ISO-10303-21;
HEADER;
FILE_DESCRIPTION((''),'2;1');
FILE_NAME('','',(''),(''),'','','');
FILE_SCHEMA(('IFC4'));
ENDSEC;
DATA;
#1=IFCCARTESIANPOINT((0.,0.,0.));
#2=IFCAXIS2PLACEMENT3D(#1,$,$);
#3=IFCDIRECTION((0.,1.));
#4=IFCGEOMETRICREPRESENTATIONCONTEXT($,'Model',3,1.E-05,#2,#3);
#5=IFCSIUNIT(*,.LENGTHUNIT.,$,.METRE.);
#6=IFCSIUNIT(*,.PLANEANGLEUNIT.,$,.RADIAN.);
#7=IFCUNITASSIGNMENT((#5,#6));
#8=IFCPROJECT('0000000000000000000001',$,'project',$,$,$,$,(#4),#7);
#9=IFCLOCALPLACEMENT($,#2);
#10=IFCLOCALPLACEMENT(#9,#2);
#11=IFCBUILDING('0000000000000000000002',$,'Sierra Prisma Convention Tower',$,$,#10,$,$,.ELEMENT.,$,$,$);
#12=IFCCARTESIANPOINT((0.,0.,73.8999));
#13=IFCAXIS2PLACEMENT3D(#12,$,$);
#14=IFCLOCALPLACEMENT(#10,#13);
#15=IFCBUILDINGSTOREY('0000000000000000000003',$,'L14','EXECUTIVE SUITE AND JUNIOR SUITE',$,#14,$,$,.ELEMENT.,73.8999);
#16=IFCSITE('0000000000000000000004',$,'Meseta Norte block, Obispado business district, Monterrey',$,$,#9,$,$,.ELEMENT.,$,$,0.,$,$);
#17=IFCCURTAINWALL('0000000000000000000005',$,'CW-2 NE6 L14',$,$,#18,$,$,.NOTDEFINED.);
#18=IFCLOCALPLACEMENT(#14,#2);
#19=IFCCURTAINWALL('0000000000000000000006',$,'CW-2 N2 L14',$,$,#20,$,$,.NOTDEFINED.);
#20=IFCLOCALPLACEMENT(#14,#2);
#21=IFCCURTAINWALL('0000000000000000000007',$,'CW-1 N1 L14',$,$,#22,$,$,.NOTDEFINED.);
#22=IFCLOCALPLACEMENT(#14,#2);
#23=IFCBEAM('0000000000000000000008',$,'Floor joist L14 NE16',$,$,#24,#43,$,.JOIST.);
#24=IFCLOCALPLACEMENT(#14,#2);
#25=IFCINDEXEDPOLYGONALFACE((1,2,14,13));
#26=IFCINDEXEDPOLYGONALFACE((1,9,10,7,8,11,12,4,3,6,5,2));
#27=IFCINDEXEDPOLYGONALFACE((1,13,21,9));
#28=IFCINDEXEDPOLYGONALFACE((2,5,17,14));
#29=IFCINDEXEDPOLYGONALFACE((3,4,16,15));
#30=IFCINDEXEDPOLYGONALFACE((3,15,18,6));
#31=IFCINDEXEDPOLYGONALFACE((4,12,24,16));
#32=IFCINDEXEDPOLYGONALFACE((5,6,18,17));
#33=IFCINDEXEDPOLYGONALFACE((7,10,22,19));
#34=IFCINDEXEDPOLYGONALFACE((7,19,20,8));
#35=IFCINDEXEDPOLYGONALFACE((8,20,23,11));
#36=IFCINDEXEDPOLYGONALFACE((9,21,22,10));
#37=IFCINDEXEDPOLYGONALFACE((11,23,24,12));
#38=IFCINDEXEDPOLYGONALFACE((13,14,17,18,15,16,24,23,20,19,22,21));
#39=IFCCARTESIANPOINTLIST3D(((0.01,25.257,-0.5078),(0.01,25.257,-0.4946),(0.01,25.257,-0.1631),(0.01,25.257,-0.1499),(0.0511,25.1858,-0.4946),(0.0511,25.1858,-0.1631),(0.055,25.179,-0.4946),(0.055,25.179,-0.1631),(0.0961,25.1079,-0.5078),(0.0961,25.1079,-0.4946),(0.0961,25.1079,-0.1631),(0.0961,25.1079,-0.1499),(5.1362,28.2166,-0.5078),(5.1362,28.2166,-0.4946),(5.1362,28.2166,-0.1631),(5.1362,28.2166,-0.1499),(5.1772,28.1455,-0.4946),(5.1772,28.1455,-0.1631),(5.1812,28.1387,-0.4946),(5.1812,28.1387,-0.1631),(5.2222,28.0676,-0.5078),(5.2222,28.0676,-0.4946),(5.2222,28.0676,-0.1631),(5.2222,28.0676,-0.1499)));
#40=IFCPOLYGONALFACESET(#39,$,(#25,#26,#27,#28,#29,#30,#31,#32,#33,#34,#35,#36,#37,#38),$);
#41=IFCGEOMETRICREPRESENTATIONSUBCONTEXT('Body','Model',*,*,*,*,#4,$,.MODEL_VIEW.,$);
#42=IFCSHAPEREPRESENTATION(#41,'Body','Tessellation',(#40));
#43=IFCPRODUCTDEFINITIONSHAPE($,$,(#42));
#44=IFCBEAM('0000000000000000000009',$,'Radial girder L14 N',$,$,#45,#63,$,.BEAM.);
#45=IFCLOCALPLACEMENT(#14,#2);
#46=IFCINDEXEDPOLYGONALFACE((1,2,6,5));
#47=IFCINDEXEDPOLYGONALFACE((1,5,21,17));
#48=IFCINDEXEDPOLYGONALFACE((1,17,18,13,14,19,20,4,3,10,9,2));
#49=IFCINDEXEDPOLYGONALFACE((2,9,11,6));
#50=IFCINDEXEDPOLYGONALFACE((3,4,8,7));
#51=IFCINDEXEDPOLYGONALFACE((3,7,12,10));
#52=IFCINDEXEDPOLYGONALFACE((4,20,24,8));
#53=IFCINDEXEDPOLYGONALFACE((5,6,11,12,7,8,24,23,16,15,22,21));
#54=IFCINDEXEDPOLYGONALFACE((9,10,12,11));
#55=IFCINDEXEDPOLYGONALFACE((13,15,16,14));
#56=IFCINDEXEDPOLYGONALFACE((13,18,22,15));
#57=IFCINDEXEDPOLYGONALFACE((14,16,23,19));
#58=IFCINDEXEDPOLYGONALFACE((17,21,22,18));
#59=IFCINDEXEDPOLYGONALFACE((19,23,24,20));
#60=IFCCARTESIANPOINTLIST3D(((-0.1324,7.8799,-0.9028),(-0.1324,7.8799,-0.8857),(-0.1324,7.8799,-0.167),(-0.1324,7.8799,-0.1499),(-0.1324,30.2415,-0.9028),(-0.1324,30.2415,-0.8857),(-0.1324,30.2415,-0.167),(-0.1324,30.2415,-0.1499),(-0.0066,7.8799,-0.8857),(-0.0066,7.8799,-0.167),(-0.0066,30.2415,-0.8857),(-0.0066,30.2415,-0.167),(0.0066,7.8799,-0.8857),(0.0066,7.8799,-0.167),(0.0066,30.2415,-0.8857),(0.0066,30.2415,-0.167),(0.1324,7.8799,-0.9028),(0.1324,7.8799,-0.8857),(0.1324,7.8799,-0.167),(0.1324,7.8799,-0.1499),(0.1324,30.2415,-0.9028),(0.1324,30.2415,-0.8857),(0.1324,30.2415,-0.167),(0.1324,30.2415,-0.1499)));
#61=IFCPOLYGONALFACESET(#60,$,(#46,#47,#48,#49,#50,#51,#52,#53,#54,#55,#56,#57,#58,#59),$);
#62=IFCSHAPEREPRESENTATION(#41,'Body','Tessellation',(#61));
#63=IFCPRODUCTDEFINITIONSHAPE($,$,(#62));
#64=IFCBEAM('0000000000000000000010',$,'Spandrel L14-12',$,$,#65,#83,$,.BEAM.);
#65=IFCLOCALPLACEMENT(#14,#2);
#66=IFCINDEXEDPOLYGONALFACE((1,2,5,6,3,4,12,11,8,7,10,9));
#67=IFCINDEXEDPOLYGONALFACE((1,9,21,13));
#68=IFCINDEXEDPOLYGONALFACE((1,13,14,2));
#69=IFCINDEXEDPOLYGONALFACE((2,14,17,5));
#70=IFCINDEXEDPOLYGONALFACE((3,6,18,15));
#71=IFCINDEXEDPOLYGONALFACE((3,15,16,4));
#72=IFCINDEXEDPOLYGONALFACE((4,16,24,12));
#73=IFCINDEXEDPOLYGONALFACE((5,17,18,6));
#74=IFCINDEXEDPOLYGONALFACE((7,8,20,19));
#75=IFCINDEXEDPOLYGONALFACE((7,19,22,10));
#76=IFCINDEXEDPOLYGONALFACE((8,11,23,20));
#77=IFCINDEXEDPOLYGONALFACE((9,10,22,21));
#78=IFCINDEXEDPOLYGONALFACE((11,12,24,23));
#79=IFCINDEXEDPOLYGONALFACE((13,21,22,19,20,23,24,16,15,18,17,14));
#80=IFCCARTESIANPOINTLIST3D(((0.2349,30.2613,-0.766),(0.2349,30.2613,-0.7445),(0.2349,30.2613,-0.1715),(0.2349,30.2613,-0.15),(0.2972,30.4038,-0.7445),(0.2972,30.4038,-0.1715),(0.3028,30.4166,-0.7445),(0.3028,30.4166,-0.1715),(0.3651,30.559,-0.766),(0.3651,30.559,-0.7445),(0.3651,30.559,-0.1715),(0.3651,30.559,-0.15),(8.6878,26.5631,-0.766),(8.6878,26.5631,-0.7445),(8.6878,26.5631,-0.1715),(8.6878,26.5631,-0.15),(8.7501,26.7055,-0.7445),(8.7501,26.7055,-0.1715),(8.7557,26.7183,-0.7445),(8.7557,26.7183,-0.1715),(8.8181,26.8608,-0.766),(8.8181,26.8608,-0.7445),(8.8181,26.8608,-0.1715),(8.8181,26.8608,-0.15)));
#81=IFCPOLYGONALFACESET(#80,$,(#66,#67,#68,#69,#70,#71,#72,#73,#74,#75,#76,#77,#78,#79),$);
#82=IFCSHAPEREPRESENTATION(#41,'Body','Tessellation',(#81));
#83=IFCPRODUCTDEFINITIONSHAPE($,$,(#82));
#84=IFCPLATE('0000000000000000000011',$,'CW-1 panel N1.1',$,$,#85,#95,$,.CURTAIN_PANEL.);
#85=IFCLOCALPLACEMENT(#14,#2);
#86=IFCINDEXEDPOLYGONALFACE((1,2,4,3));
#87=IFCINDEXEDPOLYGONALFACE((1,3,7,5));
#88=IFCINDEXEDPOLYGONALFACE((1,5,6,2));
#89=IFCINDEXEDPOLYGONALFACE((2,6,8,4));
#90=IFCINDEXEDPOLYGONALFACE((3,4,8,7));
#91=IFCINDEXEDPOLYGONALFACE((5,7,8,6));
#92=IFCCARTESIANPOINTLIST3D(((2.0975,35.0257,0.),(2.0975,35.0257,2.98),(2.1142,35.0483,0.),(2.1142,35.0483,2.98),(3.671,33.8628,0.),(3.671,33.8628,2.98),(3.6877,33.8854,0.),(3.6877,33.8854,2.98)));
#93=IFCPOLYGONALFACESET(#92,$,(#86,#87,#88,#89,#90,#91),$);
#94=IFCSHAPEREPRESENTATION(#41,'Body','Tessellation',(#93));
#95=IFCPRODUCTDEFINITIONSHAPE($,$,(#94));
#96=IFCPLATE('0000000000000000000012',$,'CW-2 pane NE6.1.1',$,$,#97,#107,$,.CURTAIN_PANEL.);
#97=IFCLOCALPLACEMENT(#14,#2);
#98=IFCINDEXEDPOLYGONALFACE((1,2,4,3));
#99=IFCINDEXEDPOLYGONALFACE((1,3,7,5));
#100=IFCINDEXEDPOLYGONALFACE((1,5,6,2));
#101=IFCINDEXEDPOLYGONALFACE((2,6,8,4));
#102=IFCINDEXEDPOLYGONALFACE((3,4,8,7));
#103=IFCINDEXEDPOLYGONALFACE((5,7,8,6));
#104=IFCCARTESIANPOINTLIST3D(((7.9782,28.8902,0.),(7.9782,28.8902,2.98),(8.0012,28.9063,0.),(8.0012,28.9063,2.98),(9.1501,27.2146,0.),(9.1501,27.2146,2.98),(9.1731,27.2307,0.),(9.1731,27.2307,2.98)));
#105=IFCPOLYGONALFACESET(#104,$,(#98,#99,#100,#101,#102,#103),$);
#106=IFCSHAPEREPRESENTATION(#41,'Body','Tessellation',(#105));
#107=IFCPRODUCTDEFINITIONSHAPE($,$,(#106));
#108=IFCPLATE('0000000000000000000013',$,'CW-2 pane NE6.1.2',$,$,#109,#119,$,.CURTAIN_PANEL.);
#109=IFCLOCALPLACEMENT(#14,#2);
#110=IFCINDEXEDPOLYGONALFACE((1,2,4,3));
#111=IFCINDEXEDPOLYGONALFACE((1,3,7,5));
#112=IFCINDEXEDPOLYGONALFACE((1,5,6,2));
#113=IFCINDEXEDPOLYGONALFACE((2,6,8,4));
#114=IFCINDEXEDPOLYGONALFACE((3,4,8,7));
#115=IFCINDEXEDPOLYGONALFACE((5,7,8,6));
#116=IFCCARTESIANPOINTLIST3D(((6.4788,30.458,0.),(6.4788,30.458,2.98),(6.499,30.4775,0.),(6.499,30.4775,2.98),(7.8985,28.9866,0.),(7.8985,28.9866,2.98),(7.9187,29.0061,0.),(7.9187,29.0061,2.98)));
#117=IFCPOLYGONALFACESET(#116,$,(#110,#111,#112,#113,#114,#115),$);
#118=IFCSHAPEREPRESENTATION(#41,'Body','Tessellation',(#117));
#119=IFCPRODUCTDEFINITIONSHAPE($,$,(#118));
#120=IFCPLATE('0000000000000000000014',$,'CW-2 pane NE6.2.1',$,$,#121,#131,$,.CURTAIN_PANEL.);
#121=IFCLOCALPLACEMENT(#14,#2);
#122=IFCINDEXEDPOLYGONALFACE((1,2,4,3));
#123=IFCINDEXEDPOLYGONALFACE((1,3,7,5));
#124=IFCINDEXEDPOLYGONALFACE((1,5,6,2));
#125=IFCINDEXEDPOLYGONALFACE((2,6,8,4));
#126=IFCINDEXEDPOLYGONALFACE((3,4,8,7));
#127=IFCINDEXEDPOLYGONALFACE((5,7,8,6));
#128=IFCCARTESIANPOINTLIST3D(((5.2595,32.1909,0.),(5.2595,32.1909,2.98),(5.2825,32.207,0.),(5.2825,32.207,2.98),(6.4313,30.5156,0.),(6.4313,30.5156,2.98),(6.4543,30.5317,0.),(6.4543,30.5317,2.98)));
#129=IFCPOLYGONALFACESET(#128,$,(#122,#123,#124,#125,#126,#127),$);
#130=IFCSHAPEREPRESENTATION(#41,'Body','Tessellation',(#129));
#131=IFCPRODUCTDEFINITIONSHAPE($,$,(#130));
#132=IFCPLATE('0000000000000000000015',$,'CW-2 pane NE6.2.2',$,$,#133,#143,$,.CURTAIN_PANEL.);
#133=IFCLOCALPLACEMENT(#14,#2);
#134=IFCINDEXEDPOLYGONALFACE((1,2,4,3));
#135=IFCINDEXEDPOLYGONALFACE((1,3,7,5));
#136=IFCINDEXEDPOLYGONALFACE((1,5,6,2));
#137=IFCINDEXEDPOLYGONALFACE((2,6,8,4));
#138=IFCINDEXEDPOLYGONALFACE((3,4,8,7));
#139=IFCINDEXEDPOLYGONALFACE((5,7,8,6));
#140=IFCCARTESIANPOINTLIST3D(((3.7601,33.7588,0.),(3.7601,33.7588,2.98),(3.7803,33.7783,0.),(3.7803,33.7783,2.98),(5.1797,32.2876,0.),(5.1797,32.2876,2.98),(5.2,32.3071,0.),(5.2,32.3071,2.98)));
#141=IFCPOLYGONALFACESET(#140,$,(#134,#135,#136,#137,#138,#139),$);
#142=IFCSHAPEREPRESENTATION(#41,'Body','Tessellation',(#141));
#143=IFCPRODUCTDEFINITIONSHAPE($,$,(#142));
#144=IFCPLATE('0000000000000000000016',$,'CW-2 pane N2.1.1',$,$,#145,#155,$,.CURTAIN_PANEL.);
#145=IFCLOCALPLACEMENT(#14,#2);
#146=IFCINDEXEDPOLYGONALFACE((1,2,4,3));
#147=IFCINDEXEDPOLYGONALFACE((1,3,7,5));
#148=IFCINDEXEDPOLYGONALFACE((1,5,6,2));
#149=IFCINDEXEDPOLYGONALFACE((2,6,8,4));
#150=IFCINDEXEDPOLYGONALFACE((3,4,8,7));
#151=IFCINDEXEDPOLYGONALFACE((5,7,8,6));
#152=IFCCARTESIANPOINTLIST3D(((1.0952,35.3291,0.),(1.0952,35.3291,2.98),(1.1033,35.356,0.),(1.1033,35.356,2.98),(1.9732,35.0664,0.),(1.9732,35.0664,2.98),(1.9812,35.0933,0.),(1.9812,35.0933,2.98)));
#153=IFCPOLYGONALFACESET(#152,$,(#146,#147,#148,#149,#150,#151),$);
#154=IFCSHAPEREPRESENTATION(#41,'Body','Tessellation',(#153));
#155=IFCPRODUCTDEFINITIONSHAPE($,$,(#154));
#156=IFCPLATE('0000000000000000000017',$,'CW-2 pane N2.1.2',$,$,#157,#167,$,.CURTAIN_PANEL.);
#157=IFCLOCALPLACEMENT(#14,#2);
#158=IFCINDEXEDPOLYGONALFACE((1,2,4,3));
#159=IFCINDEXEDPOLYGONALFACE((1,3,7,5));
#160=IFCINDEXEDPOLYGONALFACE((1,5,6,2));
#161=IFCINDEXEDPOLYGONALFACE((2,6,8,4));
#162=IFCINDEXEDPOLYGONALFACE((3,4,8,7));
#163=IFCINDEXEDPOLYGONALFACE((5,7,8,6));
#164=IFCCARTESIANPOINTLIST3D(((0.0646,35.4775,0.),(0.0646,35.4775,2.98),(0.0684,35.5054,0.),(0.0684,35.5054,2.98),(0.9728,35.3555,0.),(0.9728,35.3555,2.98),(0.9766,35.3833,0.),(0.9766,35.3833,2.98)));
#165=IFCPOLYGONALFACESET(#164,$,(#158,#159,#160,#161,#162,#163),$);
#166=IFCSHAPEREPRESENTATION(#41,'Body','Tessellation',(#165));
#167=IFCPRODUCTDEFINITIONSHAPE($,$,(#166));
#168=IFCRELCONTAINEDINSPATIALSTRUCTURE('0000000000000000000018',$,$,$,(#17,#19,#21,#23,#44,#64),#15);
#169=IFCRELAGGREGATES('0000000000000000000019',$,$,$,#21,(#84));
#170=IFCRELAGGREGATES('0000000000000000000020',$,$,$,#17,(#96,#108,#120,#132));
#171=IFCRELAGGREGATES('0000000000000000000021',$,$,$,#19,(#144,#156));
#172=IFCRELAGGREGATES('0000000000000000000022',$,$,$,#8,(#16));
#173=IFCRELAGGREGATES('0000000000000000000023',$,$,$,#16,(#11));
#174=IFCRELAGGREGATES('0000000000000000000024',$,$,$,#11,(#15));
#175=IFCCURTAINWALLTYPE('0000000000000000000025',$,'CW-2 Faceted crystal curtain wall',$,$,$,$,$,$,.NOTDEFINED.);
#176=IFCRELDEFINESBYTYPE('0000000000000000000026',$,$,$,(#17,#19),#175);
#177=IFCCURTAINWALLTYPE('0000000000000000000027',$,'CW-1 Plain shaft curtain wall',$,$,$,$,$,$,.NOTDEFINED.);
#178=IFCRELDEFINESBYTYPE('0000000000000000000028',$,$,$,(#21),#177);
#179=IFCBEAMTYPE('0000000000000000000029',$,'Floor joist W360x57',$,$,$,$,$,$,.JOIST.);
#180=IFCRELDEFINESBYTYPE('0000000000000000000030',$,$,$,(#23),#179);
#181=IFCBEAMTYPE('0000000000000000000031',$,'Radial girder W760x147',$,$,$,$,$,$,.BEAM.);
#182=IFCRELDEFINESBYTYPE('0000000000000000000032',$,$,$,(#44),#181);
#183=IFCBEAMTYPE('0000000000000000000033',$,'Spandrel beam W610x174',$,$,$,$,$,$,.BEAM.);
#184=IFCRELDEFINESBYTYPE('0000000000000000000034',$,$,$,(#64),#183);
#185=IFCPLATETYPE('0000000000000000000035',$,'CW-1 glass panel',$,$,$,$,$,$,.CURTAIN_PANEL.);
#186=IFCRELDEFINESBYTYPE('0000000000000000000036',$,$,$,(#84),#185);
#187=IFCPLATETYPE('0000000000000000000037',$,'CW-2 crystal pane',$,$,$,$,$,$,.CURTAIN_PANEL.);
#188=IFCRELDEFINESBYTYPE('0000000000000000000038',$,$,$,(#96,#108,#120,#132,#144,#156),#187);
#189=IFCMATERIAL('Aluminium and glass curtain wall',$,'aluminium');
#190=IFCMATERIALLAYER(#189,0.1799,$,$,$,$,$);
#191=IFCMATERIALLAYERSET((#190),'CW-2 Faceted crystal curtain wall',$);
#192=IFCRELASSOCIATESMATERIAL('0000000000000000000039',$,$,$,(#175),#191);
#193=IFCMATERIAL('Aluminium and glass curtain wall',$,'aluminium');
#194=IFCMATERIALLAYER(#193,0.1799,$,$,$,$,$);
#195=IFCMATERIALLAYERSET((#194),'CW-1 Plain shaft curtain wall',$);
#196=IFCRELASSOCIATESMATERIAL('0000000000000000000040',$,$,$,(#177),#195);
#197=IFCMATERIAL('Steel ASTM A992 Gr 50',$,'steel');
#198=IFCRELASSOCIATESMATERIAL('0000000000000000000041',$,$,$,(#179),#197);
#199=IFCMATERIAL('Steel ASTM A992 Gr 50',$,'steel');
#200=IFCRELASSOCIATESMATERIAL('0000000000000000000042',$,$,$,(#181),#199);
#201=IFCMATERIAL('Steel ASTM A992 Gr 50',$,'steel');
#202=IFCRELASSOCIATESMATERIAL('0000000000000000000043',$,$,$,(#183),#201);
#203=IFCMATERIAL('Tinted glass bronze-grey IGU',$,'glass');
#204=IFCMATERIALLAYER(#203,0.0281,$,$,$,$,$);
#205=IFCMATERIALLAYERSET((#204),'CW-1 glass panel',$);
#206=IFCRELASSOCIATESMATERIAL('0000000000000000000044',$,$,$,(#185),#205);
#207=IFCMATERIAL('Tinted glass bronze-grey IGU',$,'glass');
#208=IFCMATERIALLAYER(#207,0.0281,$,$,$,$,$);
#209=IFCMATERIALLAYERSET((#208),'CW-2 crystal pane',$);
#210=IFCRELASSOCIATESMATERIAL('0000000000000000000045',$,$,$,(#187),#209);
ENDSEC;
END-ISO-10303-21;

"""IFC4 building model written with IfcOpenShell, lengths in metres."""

from ifc_helpers import new_model, si_unit, direction, frame, origin, origin_2d, place, context, subcontext, project, spatial, polyline, rectangle, i_section, outline, extrude, material, layer, layer_set, material_profile, profile_set, type_object, element, aggregate, save


model = new_model("IFC4")

# Units and contexts
model_context = context("Model", 3, precision=1e-05, world=origin(), true_north=direction((0.0, 1.0)))
body_context = subcontext(model_context, "Body", "Model", "MODEL_VIEW")
ifc_project = project(units=[si_unit("LENGTHUNIT", "METRE"), si_unit("PLANEANGLEUNIT", "RADIAN")], contexts=[model_context])

# Site, building, storey
site_placement = place(None, origin())
site = spatial("IfcSite", under=ifc_project, at=site_placement, Name="Meseta Norte block, Obispado business district, Monterrey", CompositionType="ELEMENT", RefElevation=0.0)
building_placement = place(site_placement, origin())
building = spatial("IfcBuilding", under=site, at=building_placement, Name="Sierra Prisma Convention Tower", CompositionType="ELEMENT")
storey_placement = place(building_placement, frame((0.0, 0.0, 73.8999)))
storey = spatial("IfcBuildingStorey", under=building, at=storey_placement, Name="L14", Description="EXECUTIVE SUITE AND JUNIOR SUITE", CompositionType="ELEMENT", Elevation=73.8999)

# Curtain wall
ifc_material_1 = material(Name="Aluminium and glass curtain wall", Category="aluminium")
ifc_layer_1 = layer(ifc_material_1, 0.1799)
ifc_layer_set_1 = layer_set([ifc_layer_1], Name="CW-2 Faceted crystal curtain wall")
curtain_wall_type_1 = type_object("IfcCurtainWallType", Name="CW-2 Faceted crystal curtain wall", PredefinedType="NOTDEFINED", material=ifc_layer_set_1)
curtain_wall_1_placement = place(storey_placement, origin())
curtain_wall_1 = element("IfcCurtainWall", 1, at=curtain_wall_1_placement, inside=storey, type_object=curtain_wall_type_1, Name="CW-2 NE6 L14", PredefinedType="NOTDEFINED")

# Curtain wall
curtain_wall_2_placement = place(storey_placement, origin())
curtain_wall_2 = element("IfcCurtainWall", 2, at=curtain_wall_2_placement, inside=storey, type_object=curtain_wall_type_1, Name="CW-2 N2 L14", PredefinedType="NOTDEFINED")

# Curtain wall
ifc_material_2 = material(Name="Aluminium and glass curtain wall", Category="aluminium")
ifc_layer_2 = layer(ifc_material_2, 0.1799)
ifc_layer_set_2 = layer_set([ifc_layer_2], Name="CW-1 Plain shaft curtain wall")
curtain_wall_type_2 = type_object("IfcCurtainWallType", Name="CW-1 Plain shaft curtain wall", PredefinedType="NOTDEFINED", material=ifc_layer_set_2)
curtain_wall_3_placement = place(storey_placement, origin())
curtain_wall_3 = element("IfcCurtainWall", 3, at=curtain_wall_3_placement, inside=storey, type_object=curtain_wall_type_2, Name="CW-1 N1 L14", PredefinedType="NOTDEFINED")

# Beams
ifc_material_3 = material(Name="Steel ASTM A992 Gr 50", Category="steel")
ifc_material_profile_1 = material_profile(ifc_material_3, i_section(OverallWidth=0.1721, OverallDepth=0.3579, WebThickness=0.0078, FlangeThickness=0.0132, at=origin_2d()), Name="W360x57")
ifc_profile_set_1 = profile_set([ifc_material_profile_1], Name="Steel ASTM A992 Gr 50")
beam_type_1 = type_object("IfcBeamType", Name="Floor joist W360x57", PredefinedType="JOIST", material=ifc_profile_set_1)
beam_1_placement = place(storey_placement, frame((5.1792, 28.1421, -0.3289), z_axis=(-0.866019, -0.500012, 0.0), x_axis=(0.500012, -0.866019, 0.0)))
element("IfcBeam", 4, at=beam_1_placement, inside=storey, type_object=beam_type_1, Name="Floor joist L14 NE16", PredefinedType="JOIST", context=body_context, shape_type="SweptSolid", body=[
    extrude(i_section(OverallWidth=0.1721, OverallDepth=0.3579, WebThickness=0.0078, FlangeThickness=0.0132, at=origin_2d()), origin(), (0.0, 0.0, 1.0), 5.9192),
])
ifc_material_4 = material(Name="Steel ASTM A992 Gr 50", Category="steel")
ifc_material_profile_2 = material_profile(ifc_material_4, i_section(OverallWidth=0.2649, OverallDepth=0.7529, WebThickness=0.0132, FlangeThickness=0.0171, at=origin_2d()), Name="W760x147")
ifc_profile_set_2 = profile_set([ifc_material_profile_2], Name="Steel ASTM A992 Gr 50")
beam_type_2 = type_object("IfcBeamType", Name="Radial girder W760x147", PredefinedType="BEAM", material=ifc_profile_set_2)
beam_2_placement = place(storey_placement, frame((0.0, 30.2415, -0.5264), z_axis=(0.0, -1.0, 0.0), x_axis=(1.0, 0.0, 0.0)))
element("IfcBeam", 5, at=beam_2_placement, inside=storey, type_object=beam_type_2, Name="Radial girder L14 N", PredefinedType="BEAM", context=body_context, shape_type="SweptSolid", body=[
    extrude(i_section(OverallWidth=0.2649, OverallDepth=0.7529, WebThickness=0.0132, FlangeThickness=0.0171, at=origin_2d()), origin(), (0.0, 0.0, 1.0), 22.3616),
])
ifc_material_5 = material(Name="Steel ASTM A992 Gr 50", Category="steel")
ifc_material_profile_3 = material_profile(ifc_material_5, i_section(OverallWidth=0.325, OverallDepth=0.616, WebThickness=0.0139, FlangeThickness=0.0215, at=origin_2d()), Name="W610x174")
ifc_profile_set_3 = profile_set([ifc_material_profile_3], Name="Steel ASTM A992 Gr 50")
beam_type_3 = type_object("IfcBeamType", Name="Spandrel beam W610x174", PredefinedType="BEAM", material=ifc_profile_set_3)
beam_3_placement = place(storey_placement, frame((8.7529, 26.7119, -0.458), z_axis=(-0.916153, 0.400829, 0.0), x_axis=(-0.400829, -0.916153, 0.0)))
element("IfcBeam", 6, at=beam_3_placement, inside=storey, type_object=beam_type_3, Name="Spandrel L14-12", PredefinedType="BEAM", context=body_context, shape_type="SweptSolid", body=[
    extrude(i_section(OverallWidth=0.325, OverallDepth=0.616, WebThickness=0.0139, FlangeThickness=0.0215, at=origin_2d()), origin(), (0.0, 0.0, 1.0), 9.2266),
])

# Plates
ifc_material_6 = material(Name="Tinted glass bronze-grey IGU", Category="glass")
ifc_layer_3 = layer(ifc_material_6, 0.0281)
ifc_layer_set_3 = layer_set([ifc_layer_3], Name="CW-1 glass panel")
plate_type_1 = type_object("IfcPlateType", Name="CW-1 glass panel", PredefinedType="CURTAIN_PANEL", material=ifc_layer_set_3)
plate_1_placement = place(storey_placement, frame((2.8926, 34.4556, 0.0), z_axis=(0.0, 0.0, 1.0), x_axis=(-0.804207, 0.594349, 0.0)))
plate_1 = element("IfcPlate", 7, at=plate_1_placement, type_object=plate_type_1, Name="CW-1 panel N1.1", PredefinedType="CURTAIN_PANEL", context=body_context, shape_type="SweptSolid", body=[
    extrude(rectangle(XDim=1.9565, YDim=0.0281, at=origin_2d()), origin(), (0.0, 0.0, 1.0), 2.98),
])
aggregate(curtain_wall_3, [plate_1])
ifc_material_7 = material(Name="Tinted glass bronze-grey IGU", Category="glass")
ifc_layer_4 = layer(ifc_material_7, 0.0281)
ifc_layer_set_4 = layer_set([ifc_layer_4], Name="CW-2 crystal pane")
plate_type_2 = type_object("IfcPlateType", Name="CW-2 crystal pane", PredefinedType="CURTAIN_PANEL", material=ifc_layer_set_4)
plate_2_placement = place(storey_placement, frame((9.1731, 27.2307, 0.0), z_axis=(0.819462, 0.573134, 0.0), x_axis=(-0.573134, 0.819462, 0.0)))
plate_2 = element("IfcPlate", 8, at=plate_2_placement, type_object=plate_type_2, Name="CW-2 pane NE6.1.1", PredefinedType="CURTAIN_PANEL", context=body_context, shape_type="SweptSolid", body=[
    extrude(outline(polyline([(0.0, 0.0), (2.0447, 0.0), (2.0447, 2.98), (0.0, 2.98), (0.0, 0.0)])), origin(), (0.0, 0.0, -1.0), 0.0281),
])
plate_3_placement = place(storey_placement, frame((6.499, 30.4775, 0.0), z_axis=(0.71965, 0.694337, 0.0), x_axis=(0.694337, -0.71965, 0.0)))
plate_3 = element("IfcPlate", 9, at=plate_3_placement, type_object=plate_type_2, Name="CW-2 pane NE6.1.2", PredefinedType="CURTAIN_PANEL", context=body_context, shape_type="SweptSolid", body=[
    extrude(outline(polyline([(0.0, 0.0), (2.0447, 0.0), (2.0447, -2.98), (0.0, -2.98), (0.0, 0.0)])), origin(), (0.0, 0.0, -1.0), 0.0281),
])
plate_4_placement = place(storey_placement, frame((6.4543, 30.5317, 0.0), z_axis=(0.819423, 0.57319, 0.0), x_axis=(-0.57319, 0.819423, 0.0)))
plate_4 = element("IfcPlate", 10, at=plate_4_placement, type_object=plate_type_2, Name="CW-2 pane NE6.2.1", PredefinedType="CURTAIN_PANEL", context=body_context, shape_type="SweptSolid", body=[
    extrude(outline(polyline([(0.0, 0.0), (2.0445, 0.0), (2.0445, 2.98), (0.0, 2.98), (0.0, 0.0)])), origin(), (0.0, 0.0, -1.0), 0.0281),
])
plate_5_placement = place(storey_placement, frame((3.7803, 33.7783, 0.0), z_axis=(0.719593, 0.694396, 0.0), x_axis=(0.694396, -0.719593, 0.0)))
plate_5 = element("IfcPlate", 11, at=plate_5_placement, type_object=plate_type_2, Name="CW-2 pane NE6.2.2", PredefinedType="CURTAIN_PANEL", context=body_context, shape_type="SweptSolid", body=[
    extrude(outline(polyline([(0.0, 0.0), (2.0445, 0.0), (2.0445, -2.98), (0.0, -2.98), (0.0, 0.0)])), origin(), (0.0, 0.0, -1.0), 0.0281),
])
aggregate(curtain_wall_1, [plate_2, plate_3, plate_4, plate_5])
plate_6_placement = place(storey_placement, frame((1.9812, 35.0933, 0.0), z_axis=(0.286663, 0.958031, 0.0), x_axis=(-0.958031, 0.286663, 0.0)))
plate_6 = element("IfcPlate", 12, at=plate_6_placement, type_object=plate_type_2, Name="CW-2 pane N2.1.1", PredefinedType="CURTAIN_PANEL", context=body_context, shape_type="SweptSolid", body=[
    extrude(outline(polyline([(0.0, 0.0), (0.9164, 0.0), (0.9164, 2.98), (0.0, 2.98), (0.0, 0.0)])), origin(), (0.0, 0.0, -1.0), 0.0281),
])
plate_7_placement = place(storey_placement, frame((0.0684, 35.5054, 0.0), z_axis=(0.133211, 0.991088, 0.0), x_axis=(0.991088, -0.133211, 0.0)))
plate_7 = element("IfcPlate", 13, at=plate_7_placement, type_object=plate_type_2, Name="CW-2 pane N2.1.2", PredefinedType="CURTAIN_PANEL", context=body_context, shape_type="SweptSolid", body=[
    extrude(outline(polyline([(0.0, 0.0), (0.9164, 0.0), (0.9164, -2.98), (0.0, -2.98), (0.0, 0.0)])), origin(), (0.0, 0.0, -1.0), 0.0281),
])
aggregate(curtain_wall_2, [plate_6, plate_7])

save(model, "model.ifc")
